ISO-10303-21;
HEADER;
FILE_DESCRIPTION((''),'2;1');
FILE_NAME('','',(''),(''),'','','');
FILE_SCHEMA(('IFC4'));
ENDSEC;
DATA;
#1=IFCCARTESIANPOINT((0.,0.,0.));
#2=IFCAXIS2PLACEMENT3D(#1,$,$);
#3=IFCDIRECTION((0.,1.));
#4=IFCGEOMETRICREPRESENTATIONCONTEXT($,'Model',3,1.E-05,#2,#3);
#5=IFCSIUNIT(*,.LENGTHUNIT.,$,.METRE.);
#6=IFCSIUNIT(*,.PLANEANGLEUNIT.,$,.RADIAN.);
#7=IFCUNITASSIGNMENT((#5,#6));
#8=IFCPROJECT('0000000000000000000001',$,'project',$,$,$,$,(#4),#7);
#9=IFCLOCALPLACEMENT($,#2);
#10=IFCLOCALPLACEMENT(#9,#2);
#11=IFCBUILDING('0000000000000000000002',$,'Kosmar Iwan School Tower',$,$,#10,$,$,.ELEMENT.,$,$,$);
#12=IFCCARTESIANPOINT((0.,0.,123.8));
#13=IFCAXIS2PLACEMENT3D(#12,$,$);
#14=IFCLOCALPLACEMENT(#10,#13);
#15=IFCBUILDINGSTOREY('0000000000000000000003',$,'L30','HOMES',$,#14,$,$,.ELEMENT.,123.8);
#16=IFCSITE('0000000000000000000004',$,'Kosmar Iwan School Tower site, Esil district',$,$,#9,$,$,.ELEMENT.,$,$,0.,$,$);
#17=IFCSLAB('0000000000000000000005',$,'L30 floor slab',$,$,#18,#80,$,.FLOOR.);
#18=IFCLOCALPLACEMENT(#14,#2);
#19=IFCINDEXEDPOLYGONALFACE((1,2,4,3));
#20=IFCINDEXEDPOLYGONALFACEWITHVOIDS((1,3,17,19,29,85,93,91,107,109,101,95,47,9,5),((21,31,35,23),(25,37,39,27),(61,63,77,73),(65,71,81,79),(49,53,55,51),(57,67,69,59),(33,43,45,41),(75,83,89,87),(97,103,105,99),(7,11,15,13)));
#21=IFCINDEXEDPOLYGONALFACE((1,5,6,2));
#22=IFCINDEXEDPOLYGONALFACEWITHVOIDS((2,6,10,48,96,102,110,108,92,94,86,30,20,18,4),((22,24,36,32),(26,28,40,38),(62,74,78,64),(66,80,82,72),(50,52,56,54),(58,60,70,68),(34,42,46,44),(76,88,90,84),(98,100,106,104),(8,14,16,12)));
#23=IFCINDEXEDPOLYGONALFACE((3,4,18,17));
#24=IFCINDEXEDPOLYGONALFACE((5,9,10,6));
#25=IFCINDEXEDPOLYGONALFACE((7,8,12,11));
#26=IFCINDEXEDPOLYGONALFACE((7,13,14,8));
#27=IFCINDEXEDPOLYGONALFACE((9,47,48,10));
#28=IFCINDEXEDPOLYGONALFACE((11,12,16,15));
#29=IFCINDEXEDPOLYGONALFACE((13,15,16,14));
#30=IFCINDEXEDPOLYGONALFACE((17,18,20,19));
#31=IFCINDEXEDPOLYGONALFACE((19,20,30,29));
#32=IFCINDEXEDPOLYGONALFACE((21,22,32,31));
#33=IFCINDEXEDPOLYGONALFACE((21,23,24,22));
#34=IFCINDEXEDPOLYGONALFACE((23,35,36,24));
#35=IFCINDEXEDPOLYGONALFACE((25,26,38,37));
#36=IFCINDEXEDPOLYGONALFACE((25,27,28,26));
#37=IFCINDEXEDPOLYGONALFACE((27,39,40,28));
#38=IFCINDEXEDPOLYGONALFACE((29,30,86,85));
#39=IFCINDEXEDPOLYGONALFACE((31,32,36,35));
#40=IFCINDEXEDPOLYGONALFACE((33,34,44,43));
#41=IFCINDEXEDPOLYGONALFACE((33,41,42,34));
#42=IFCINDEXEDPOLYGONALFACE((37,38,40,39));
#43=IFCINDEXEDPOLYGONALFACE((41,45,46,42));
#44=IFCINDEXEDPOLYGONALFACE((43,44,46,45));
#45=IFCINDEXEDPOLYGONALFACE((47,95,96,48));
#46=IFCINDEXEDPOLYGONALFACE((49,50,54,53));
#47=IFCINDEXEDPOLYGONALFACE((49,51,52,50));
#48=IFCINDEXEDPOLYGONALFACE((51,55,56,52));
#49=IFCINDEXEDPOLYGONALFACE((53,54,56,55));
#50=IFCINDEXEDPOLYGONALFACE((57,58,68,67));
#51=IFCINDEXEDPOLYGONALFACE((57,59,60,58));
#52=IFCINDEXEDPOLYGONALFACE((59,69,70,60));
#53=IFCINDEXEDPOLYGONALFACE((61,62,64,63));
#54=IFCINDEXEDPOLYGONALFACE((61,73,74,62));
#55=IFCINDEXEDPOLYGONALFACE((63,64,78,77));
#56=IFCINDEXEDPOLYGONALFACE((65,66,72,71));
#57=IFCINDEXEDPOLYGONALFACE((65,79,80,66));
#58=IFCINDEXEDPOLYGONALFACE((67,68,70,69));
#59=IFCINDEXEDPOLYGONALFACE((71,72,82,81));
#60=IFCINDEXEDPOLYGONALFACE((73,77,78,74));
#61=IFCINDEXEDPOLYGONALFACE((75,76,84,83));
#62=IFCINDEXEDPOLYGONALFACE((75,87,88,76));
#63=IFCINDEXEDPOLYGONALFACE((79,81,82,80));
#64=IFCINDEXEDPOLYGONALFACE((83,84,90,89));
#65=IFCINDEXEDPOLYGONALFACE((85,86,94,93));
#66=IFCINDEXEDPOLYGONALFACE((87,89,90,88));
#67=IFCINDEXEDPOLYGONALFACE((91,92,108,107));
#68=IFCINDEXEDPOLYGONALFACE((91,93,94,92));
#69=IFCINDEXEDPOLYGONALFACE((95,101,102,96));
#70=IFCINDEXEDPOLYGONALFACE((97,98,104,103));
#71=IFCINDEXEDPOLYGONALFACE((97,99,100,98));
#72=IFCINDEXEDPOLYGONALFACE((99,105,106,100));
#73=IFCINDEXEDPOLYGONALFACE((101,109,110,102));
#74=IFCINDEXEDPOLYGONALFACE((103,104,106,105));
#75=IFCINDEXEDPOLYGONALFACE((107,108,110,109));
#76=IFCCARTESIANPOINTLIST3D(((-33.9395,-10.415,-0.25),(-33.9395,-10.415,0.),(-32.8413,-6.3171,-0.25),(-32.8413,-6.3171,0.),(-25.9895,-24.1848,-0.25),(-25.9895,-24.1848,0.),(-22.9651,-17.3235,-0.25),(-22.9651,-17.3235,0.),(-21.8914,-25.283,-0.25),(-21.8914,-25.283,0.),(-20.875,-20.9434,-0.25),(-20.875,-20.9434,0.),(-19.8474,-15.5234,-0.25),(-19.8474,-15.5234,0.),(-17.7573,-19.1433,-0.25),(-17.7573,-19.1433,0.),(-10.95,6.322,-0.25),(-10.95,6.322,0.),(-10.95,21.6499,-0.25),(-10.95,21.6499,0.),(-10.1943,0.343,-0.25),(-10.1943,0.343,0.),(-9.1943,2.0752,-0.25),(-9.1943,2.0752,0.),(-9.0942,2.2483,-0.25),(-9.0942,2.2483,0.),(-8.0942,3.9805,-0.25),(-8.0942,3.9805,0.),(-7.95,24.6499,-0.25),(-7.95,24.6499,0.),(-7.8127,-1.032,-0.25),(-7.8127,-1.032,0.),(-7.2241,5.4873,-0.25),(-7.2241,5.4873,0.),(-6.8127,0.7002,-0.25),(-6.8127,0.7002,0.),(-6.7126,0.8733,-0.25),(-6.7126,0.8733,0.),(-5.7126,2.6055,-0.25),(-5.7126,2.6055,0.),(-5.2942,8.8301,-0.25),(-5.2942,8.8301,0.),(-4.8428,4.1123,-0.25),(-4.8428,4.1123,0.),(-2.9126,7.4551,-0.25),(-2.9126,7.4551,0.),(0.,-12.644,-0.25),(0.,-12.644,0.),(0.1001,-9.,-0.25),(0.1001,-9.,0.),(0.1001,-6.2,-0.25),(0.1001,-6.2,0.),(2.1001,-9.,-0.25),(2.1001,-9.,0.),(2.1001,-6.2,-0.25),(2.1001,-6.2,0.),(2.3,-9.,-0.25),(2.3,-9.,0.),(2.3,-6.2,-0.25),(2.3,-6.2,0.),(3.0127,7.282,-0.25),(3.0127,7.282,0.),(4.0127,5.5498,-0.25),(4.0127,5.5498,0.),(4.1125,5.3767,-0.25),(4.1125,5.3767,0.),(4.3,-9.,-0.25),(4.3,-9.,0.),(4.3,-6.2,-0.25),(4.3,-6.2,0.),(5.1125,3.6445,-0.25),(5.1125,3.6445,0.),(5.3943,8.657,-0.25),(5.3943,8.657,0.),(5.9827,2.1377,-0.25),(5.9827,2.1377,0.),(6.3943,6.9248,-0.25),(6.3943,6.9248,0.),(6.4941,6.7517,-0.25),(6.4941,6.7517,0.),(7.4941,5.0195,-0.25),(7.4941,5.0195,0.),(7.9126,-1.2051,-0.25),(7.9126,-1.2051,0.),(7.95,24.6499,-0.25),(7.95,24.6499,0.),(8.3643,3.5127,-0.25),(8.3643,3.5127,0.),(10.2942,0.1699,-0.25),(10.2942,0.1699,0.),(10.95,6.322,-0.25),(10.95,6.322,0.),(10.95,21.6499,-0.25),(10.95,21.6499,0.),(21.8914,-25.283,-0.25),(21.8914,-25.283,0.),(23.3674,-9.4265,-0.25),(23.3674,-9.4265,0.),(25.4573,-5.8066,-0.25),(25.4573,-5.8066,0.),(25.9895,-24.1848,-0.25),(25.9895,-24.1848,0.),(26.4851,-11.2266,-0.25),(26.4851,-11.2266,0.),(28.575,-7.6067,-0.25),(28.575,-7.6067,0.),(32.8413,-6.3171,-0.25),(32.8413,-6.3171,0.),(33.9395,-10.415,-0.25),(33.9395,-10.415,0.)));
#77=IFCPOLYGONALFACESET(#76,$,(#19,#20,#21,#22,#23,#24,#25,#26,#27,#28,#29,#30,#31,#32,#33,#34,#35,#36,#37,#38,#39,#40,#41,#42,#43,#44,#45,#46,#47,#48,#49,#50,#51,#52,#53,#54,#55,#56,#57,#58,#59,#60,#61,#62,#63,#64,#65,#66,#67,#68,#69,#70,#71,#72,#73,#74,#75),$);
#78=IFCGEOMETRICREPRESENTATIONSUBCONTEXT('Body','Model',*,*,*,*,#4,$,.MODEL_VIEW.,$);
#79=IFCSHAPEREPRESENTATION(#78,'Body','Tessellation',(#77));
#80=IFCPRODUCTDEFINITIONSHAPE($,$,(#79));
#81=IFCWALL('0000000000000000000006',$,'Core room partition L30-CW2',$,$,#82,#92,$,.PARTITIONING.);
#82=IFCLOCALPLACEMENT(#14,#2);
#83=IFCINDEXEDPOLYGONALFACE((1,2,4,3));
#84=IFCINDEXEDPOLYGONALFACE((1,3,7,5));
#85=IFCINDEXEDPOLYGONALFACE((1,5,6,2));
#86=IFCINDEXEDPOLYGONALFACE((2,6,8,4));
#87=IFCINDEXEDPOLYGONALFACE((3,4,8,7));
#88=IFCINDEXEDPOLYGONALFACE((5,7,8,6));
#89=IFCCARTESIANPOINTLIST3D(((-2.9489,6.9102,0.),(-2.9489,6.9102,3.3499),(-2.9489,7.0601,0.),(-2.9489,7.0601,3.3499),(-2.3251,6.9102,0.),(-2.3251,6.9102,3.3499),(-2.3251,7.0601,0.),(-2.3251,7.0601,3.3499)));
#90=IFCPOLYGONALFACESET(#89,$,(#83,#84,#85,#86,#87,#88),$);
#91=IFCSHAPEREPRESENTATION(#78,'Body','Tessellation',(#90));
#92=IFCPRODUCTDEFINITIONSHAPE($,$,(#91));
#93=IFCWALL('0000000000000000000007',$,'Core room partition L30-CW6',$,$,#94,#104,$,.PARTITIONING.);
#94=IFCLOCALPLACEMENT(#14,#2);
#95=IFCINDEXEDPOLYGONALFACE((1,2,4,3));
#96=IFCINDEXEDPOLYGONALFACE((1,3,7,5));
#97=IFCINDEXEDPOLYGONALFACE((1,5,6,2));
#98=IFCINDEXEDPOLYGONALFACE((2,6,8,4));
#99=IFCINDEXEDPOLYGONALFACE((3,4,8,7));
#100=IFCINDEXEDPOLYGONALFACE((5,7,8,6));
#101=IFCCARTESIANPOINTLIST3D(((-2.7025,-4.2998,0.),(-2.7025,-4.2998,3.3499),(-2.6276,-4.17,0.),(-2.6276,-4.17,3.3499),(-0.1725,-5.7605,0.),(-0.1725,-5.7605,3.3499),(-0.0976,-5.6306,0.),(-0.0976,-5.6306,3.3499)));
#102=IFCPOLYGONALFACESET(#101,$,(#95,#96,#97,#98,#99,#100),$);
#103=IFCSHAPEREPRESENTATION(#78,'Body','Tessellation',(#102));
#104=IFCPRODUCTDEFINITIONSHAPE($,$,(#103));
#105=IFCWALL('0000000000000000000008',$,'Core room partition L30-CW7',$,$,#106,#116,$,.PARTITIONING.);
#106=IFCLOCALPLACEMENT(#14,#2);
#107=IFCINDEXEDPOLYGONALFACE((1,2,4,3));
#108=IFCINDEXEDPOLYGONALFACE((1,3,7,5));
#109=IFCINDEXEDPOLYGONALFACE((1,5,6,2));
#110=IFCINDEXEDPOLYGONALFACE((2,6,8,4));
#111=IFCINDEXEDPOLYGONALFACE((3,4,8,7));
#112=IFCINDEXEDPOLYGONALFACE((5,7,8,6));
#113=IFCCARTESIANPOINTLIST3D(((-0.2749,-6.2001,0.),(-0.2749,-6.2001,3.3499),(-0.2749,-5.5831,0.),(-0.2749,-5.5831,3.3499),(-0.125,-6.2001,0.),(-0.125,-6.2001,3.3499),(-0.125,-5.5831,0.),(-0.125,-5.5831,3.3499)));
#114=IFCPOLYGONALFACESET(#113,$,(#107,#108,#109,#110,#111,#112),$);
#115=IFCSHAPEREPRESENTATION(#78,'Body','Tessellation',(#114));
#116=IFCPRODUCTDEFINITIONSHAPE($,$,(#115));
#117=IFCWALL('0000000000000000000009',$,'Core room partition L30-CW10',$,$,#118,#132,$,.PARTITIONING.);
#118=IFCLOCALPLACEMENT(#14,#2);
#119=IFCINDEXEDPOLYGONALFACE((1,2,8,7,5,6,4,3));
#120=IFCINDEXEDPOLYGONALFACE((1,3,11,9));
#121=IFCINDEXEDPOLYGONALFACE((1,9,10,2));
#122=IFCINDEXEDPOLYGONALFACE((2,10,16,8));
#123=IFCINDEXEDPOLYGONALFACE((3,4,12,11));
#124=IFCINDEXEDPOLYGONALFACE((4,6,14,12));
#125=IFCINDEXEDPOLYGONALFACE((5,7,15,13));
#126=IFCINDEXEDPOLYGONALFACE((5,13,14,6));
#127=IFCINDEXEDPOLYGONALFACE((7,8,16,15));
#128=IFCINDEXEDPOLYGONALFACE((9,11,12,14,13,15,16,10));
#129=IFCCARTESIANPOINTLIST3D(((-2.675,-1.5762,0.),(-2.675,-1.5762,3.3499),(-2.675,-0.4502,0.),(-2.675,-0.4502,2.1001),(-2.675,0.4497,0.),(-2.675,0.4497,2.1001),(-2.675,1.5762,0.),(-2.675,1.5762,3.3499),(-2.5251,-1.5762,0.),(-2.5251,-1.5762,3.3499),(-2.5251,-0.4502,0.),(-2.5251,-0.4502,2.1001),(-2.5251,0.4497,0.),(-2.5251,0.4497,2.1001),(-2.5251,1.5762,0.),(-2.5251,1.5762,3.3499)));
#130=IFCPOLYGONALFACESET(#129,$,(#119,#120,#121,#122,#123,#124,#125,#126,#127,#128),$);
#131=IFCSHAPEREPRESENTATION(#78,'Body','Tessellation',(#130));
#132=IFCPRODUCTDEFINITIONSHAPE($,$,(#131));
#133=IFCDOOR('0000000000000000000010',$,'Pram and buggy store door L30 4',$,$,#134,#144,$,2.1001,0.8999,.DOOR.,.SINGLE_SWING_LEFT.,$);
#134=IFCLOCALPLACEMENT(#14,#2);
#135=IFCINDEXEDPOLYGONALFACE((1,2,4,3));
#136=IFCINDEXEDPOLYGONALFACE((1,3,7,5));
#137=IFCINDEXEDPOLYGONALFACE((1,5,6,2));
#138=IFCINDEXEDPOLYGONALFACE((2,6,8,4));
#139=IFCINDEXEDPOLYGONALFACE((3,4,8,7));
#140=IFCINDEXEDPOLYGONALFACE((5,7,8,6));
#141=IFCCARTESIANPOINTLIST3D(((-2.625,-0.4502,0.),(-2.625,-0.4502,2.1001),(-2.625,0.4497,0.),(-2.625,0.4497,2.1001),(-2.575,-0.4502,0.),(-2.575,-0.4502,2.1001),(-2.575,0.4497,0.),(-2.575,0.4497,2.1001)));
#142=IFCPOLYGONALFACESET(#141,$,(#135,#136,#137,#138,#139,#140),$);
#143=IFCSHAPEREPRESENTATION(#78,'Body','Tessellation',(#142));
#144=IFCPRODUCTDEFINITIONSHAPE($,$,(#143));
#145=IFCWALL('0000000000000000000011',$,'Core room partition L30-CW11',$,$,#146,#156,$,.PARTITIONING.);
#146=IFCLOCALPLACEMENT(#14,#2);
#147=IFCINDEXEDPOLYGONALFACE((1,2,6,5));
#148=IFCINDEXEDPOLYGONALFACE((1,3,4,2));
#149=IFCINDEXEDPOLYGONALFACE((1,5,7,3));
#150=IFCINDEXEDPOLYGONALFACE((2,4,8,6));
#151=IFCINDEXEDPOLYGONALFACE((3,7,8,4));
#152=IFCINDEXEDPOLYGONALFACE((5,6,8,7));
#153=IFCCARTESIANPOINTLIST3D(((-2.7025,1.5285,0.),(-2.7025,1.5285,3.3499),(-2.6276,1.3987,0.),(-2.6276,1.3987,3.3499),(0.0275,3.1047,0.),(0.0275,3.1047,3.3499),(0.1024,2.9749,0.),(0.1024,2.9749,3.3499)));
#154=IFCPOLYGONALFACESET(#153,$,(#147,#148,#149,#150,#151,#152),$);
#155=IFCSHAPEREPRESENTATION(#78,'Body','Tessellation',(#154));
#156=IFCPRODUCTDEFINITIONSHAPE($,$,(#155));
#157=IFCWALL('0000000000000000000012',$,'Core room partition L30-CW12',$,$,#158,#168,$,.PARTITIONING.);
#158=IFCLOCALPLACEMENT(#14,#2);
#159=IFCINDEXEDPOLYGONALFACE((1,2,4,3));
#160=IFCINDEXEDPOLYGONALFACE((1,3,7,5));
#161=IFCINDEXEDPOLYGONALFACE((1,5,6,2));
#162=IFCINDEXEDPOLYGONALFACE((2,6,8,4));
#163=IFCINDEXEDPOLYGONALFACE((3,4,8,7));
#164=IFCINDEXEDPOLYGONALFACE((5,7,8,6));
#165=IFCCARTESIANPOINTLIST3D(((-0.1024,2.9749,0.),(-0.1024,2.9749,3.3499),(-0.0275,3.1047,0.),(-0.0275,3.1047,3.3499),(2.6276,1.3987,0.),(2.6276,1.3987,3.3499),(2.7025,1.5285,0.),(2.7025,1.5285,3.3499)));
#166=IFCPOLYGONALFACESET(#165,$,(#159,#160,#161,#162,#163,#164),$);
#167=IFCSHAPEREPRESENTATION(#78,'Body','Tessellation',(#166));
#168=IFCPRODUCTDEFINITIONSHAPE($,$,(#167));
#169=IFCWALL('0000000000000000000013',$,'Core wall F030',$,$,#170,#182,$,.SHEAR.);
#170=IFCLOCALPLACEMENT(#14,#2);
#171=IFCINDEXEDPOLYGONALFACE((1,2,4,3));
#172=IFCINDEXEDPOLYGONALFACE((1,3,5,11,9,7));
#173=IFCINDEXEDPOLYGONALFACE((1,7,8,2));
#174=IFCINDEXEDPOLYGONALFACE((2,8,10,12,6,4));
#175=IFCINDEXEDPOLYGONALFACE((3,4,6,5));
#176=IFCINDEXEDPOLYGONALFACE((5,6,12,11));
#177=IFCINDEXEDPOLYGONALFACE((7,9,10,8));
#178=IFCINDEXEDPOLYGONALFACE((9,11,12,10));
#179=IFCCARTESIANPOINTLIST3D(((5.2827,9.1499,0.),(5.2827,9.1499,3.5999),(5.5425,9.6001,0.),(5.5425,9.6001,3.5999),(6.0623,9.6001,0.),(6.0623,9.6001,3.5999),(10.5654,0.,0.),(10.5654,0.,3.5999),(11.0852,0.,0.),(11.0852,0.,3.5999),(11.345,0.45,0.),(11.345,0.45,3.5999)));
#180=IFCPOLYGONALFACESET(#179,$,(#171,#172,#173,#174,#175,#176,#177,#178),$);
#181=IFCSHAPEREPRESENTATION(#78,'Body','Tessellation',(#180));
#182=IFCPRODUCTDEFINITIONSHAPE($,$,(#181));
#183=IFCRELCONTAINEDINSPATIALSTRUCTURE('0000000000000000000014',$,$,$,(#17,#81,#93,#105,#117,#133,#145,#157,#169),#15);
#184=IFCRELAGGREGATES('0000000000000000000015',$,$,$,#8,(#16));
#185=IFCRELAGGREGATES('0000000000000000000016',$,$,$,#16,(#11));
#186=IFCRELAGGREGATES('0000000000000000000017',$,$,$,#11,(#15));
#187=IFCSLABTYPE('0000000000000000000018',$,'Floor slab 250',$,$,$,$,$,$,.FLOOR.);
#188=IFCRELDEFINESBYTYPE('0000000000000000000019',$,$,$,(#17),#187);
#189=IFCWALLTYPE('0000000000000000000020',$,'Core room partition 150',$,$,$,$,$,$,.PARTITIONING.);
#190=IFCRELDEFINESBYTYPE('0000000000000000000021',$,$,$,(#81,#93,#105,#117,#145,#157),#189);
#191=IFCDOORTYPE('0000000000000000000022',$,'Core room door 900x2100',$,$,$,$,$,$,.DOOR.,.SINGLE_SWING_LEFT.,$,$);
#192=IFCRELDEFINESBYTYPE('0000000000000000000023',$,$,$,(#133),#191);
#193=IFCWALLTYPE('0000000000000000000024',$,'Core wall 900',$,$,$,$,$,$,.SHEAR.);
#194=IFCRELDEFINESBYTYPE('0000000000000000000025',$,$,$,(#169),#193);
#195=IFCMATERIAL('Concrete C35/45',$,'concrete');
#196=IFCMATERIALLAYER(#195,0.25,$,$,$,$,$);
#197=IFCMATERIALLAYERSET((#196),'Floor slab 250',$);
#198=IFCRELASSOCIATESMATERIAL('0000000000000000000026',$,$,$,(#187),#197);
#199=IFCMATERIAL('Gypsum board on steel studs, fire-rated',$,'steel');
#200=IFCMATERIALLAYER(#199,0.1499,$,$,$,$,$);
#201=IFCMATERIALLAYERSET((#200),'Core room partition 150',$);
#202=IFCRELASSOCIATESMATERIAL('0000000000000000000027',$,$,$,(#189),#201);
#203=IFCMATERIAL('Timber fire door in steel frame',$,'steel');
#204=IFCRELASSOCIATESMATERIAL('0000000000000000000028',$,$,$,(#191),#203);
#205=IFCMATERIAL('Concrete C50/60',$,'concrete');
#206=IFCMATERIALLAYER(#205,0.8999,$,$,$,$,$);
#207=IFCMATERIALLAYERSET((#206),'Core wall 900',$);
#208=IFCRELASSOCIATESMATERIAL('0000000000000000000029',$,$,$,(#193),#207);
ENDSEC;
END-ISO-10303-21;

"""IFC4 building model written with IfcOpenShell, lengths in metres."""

from ifc_helpers import new_model, si_unit, direction, frame, frame_2d, origin, place, context, subcontext, project, spatial, polyline, rectangle, outline, extrude, material, layer, layer_set, type_object, element, fill, save


model = new_model("IFC4")

# Units and contexts
model_context = context("Model", 3, precision=1e-05, world=origin(), true_north=direction((0.0, 1.0)))
body_context = subcontext(model_context, "Body", "Model", "MODEL_VIEW")
ifc_project = project(units=[si_unit("LENGTHUNIT", "METRE"), si_unit("PLANEANGLEUNIT", "RADIAN")], contexts=[model_context])

# Site, building, storey
site_placement = place(None, origin())
site = spatial("IfcSite", under=ifc_project, at=site_placement, Name="Kosmar Iwan School Tower site, Esil district", CompositionType="ELEMENT", RefElevation=0.0)
building_placement = place(site_placement, origin())
building = spatial("IfcBuilding", under=site, at=building_placement, Name="Kosmar Iwan School Tower", CompositionType="ELEMENT")
storey_placement = place(building_placement, frame((0.0, 0.0, 123.8)))
storey = spatial("IfcBuildingStorey", under=building, at=storey_placement, Name="L30", Description="HOMES", CompositionType="ELEMENT", Elevation=123.8)

# Slab
ifc_material_1 = material(Name="Concrete C35/45", Category="concrete")
ifc_layer_1 = layer(ifc_material_1, 0.25)
ifc_layer_set_1 = layer_set([ifc_layer_1], Name="Floor slab 250")
slab_type = type_object("IfcSlabType", Name="Floor slab 250", PredefinedType="FLOOR", material=ifc_layer_set_1)
slab_placement = place(storey_placement, frame((0.0, 0.0, -0.25)))
element("IfcSlab", 1, at=slab_placement, inside=storey, type_object=slab_type, Name="L30 floor slab", PredefinedType="FLOOR", context=body_context, shape_type="SweptSolid", body=[
    extrude(outline(polyline([(-21.8914, -25.283), (0.0, -12.644), (21.8914, -25.283), (25.9895, -24.1848), (33.9395, -10.415), (32.8413, -6.3171), (10.95, 6.322), (10.95, 21.6499), (7.95, 24.6499), (-7.95, 24.6499), (-10.95, 21.6499), (-10.95, 6.322), (-32.8413, -6.3171), (-33.9395, -10.415), (-25.9895, -24.1848), (-21.8914, -25.283)]), holes=[polyline([(7.9126, -1.2051), (10.2942, 0.1699), (8.3643, 3.5127), (5.9827, 2.1377), (7.9126, -1.2051)]), polyline([(-2.9126, 7.4551), (-5.2942, 8.8301), (-7.2241, 5.4873), (-4.8428, 4.1123), (-2.9126, 7.4551)]), polyline([(-5.7126, 2.6055), (-8.0942, 3.9805), (-9.0942, 2.2483), (-6.7126, 0.8733), (-5.7126, 2.6055)]), polyline([(-6.8127, 0.7002), (-9.1943, 2.0752), (-10.1943, 0.343), (-7.8127, -1.032), (-6.8127, 0.7002)]), polyline([(5.1125, 3.6445), (7.4941, 5.0195), (6.4941, 6.7517), (4.1125, 5.3767), (5.1125, 3.6445)]), polyline([(4.0127, 5.5498), (6.3943, 6.9248), (5.3943, 8.657), (3.0127, 7.282), (4.0127, 5.5498)]), polyline([(0.1001, -6.2), (0.1001, -9.0), (2.1001, -9.0), (2.1001, -6.2), (0.1001, -6.2)]), polyline([(2.3, -6.2), (2.3, -9.0), (4.3, -9.0), (4.3, -6.2), (2.3, -6.2)]), polyline([(-19.8474, -15.5234), (-22.9651, -17.3235), (-20.875, -20.9434), (-17.7573, -19.1433), (-19.8474, -15.5234)]), polyline([(23.3674, -9.4265), (26.4851, -11.2266), (28.575, -7.6067), (25.4573, -5.8066), (23.3674, -9.4265)])]), origin(), (0.0, 0.0, 1.0), 0.25),
])

# Walls
ifc_material_2 = material(Name="Gypsum board on steel studs, fire-rated", Category="steel")
ifc_layer_2 = layer(ifc_material_2, 0.1499)
ifc_layer_set_2 = layer_set([ifc_layer_2], Name="Core room partition 150")
wall_type_1 = type_object("IfcWallType", Name="Core room partition 150", PredefinedType="PARTITIONING", material=ifc_layer_set_2)
wall_1_placement = place(storey_placement, frame((-2.325, 6.9851, 0.0), z_axis=(0.0, 0.0, 1.0), x_axis=(-1.0, 0.0, 0.0)))
element("IfcWall", 2, at=wall_1_placement, inside=storey, type_object=wall_type_1, Name="Core room partition L30-CW2", PredefinedType="PARTITIONING", context=body_context, shape_type="SweptSolid", body=[
    extrude(rectangle(XDim=0.6238, YDim=0.1499, at=frame_2d((0.312, 0.0))), origin(), (0.0, 0.0, 1.0), 3.3499),
])
wall_2_placement = place(storey_placement, frame((-2.665, -4.2349, 0.0), z_axis=(0.0, 0.0, 1.0), x_axis=(0.866028, -0.499995, 0.0)))
element("IfcWall", 3, at=wall_2_placement, inside=storey, type_object=wall_type_1, Name="Core room partition L30-CW6", PredefinedType="PARTITIONING", context=body_context, shape_type="SweptSolid", body=[
    extrude(rectangle(XDim=2.9214, YDim=0.1499, at=frame_2d((1.4607, 0.0))), origin(), (0.0, 0.0, 1.0), 3.3499),
])
wall_3_placement = place(storey_placement, frame((-0.2, -5.583, 0.0), z_axis=(0.0, 0.0, 1.0), x_axis=(0.0, -1.0, 0.0)))
element("IfcWall", 4, at=wall_3_placement, inside=storey, type_object=wall_type_1, Name="Core room partition L30-CW7", PredefinedType="PARTITIONING", context=body_context, shape_type="SweptSolid", body=[
    extrude(rectangle(XDim=0.6169, YDim=0.1499, at=frame_2d((0.3086, 0.0))), origin(), (0.0, 0.0, 1.0), 3.3499),
])

# Wall, opening, door
wall_4_placement = place(storey_placement, frame((-2.6001, -1.5762, 0.0), z_axis=(0.0, 0.0, 1.0), x_axis=(0.0, 1.0, 0.0)))
wall_4 = element("IfcWall", 5, at=wall_4_placement, inside=storey, type_object=wall_type_1, Name="Core room partition L30-CW10", PredefinedType="PARTITIONING", context=body_context, shape_type="SweptSolid", body=[
    extrude(rectangle(XDim=3.1523, YDim=0.1499, at=frame_2d((1.5762, 0.0))), origin(), (0.0, 0.0, 1.0), 3.3499),
])
opening_1_placement = place(wall_4_placement, frame((1.126, 0.0, 0.0)))
opening_1 = element("IfcOpeningElement", 6, at=opening_1_placement, cuts=wall_4, PredefinedType="OPENING", context=body_context, shape_type="SweptSolid", body=[
    extrude(rectangle(XDim=0.8999, YDim=2.1001, at=frame_2d((0.45, 1.05))), frame((0.0, 0.0869, 0.0), z_axis=(0.0, -1.0, 0.0), x_axis=(1.0, 0.0, 0.0)), (0.0, 0.0, 1.0), 0.1738),
])
ifc_material_3 = material(Name="Timber fire door in steel frame", Category="steel")
door_type_1 = type_object("IfcDoorType", Name="Core room door 900x2100", OperationType="SINGLE_SWING_LEFT", PredefinedType="DOOR", material=ifc_material_3)
door_1_placement = place(opening_1_placement, origin())
door_1 = element("IfcDoor", 7, at=door_1_placement, inside=storey, type_object=door_type_1, Name="Pram and buggy store door L30 4", OperationType="SINGLE_SWING_LEFT", OverallHeight=2.1001, OverallWidth=0.8999, PredefinedType="DOOR", context=body_context, shape_type="SweptSolid", body=[
    extrude(rectangle(XDim=0.8999, YDim=2.1001, at=frame_2d((0.45, 1.05))), frame((0.0, 0.0249, 0.0), z_axis=(0.0, -1.0, 0.0), x_axis=(1.0, 0.0, 0.0)), (0.0, 0.0, 1.0), 0.05),
])
fill(opening_1, door_1)

# Walls
for number, where, z_axis, x_axis, name in (
    (8, (-2.665, 1.4636, 0.0), (0.0, 0.0, 1.0), (0.866023, 0.500004, 0.0), "Core room partition L30-CW11"),
    (9, (-0.0649, 3.0398, 0.0), (0.0, 0.0, 1.0), (0.866023, -0.500004, 0.0), "Core room partition L30-CW12"),
):
    element("IfcWall", number, at=place(storey_placement, frame(where, z_axis=z_axis, x_axis=x_axis)), inside=storey, type_object=wall_type_1, Name=name, PredefinedType="PARTITIONING", context=body_context, shape_type="SweptSolid", body=[
        extrude(rectangle(XDim=3.1523, YDim=0.1499, at=frame_2d((1.5762, 0.0))), origin(), (0.0, 0.0, 1.0), 3.3499),
    ])
ifc_material_4 = material(Name="Concrete C50/60", Category="concrete")
ifc_layer_3 = layer(ifc_material_4, 0.8999)
ifc_layer_set_3 = layer_set([ifc_layer_3], Name="Core wall 900")
wall_type_2 = type_object("IfcWallType", Name="Core wall 900", PredefinedType="SHEAR", material=ifc_layer_set_3)
wall_5_placement = place(storey_placement, origin())
element("IfcWall", 10, at=wall_5_placement, inside=storey, type_object=wall_type_2, Name="Core wall F030", PredefinedType="SHEAR", context=body_context, shape_type="SweptSolid", body=[
    extrude(outline(polyline([(10.5654, 0.0), (11.0852, 0.0), (11.345, 0.45), (6.0623, 9.6001), (5.5425, 9.6001), (5.2827, 9.1499), (10.5654, 0.0)])), origin(), (0.0, 0.0, 1.0), 3.5999),
])

save(model, "model.ifc")
